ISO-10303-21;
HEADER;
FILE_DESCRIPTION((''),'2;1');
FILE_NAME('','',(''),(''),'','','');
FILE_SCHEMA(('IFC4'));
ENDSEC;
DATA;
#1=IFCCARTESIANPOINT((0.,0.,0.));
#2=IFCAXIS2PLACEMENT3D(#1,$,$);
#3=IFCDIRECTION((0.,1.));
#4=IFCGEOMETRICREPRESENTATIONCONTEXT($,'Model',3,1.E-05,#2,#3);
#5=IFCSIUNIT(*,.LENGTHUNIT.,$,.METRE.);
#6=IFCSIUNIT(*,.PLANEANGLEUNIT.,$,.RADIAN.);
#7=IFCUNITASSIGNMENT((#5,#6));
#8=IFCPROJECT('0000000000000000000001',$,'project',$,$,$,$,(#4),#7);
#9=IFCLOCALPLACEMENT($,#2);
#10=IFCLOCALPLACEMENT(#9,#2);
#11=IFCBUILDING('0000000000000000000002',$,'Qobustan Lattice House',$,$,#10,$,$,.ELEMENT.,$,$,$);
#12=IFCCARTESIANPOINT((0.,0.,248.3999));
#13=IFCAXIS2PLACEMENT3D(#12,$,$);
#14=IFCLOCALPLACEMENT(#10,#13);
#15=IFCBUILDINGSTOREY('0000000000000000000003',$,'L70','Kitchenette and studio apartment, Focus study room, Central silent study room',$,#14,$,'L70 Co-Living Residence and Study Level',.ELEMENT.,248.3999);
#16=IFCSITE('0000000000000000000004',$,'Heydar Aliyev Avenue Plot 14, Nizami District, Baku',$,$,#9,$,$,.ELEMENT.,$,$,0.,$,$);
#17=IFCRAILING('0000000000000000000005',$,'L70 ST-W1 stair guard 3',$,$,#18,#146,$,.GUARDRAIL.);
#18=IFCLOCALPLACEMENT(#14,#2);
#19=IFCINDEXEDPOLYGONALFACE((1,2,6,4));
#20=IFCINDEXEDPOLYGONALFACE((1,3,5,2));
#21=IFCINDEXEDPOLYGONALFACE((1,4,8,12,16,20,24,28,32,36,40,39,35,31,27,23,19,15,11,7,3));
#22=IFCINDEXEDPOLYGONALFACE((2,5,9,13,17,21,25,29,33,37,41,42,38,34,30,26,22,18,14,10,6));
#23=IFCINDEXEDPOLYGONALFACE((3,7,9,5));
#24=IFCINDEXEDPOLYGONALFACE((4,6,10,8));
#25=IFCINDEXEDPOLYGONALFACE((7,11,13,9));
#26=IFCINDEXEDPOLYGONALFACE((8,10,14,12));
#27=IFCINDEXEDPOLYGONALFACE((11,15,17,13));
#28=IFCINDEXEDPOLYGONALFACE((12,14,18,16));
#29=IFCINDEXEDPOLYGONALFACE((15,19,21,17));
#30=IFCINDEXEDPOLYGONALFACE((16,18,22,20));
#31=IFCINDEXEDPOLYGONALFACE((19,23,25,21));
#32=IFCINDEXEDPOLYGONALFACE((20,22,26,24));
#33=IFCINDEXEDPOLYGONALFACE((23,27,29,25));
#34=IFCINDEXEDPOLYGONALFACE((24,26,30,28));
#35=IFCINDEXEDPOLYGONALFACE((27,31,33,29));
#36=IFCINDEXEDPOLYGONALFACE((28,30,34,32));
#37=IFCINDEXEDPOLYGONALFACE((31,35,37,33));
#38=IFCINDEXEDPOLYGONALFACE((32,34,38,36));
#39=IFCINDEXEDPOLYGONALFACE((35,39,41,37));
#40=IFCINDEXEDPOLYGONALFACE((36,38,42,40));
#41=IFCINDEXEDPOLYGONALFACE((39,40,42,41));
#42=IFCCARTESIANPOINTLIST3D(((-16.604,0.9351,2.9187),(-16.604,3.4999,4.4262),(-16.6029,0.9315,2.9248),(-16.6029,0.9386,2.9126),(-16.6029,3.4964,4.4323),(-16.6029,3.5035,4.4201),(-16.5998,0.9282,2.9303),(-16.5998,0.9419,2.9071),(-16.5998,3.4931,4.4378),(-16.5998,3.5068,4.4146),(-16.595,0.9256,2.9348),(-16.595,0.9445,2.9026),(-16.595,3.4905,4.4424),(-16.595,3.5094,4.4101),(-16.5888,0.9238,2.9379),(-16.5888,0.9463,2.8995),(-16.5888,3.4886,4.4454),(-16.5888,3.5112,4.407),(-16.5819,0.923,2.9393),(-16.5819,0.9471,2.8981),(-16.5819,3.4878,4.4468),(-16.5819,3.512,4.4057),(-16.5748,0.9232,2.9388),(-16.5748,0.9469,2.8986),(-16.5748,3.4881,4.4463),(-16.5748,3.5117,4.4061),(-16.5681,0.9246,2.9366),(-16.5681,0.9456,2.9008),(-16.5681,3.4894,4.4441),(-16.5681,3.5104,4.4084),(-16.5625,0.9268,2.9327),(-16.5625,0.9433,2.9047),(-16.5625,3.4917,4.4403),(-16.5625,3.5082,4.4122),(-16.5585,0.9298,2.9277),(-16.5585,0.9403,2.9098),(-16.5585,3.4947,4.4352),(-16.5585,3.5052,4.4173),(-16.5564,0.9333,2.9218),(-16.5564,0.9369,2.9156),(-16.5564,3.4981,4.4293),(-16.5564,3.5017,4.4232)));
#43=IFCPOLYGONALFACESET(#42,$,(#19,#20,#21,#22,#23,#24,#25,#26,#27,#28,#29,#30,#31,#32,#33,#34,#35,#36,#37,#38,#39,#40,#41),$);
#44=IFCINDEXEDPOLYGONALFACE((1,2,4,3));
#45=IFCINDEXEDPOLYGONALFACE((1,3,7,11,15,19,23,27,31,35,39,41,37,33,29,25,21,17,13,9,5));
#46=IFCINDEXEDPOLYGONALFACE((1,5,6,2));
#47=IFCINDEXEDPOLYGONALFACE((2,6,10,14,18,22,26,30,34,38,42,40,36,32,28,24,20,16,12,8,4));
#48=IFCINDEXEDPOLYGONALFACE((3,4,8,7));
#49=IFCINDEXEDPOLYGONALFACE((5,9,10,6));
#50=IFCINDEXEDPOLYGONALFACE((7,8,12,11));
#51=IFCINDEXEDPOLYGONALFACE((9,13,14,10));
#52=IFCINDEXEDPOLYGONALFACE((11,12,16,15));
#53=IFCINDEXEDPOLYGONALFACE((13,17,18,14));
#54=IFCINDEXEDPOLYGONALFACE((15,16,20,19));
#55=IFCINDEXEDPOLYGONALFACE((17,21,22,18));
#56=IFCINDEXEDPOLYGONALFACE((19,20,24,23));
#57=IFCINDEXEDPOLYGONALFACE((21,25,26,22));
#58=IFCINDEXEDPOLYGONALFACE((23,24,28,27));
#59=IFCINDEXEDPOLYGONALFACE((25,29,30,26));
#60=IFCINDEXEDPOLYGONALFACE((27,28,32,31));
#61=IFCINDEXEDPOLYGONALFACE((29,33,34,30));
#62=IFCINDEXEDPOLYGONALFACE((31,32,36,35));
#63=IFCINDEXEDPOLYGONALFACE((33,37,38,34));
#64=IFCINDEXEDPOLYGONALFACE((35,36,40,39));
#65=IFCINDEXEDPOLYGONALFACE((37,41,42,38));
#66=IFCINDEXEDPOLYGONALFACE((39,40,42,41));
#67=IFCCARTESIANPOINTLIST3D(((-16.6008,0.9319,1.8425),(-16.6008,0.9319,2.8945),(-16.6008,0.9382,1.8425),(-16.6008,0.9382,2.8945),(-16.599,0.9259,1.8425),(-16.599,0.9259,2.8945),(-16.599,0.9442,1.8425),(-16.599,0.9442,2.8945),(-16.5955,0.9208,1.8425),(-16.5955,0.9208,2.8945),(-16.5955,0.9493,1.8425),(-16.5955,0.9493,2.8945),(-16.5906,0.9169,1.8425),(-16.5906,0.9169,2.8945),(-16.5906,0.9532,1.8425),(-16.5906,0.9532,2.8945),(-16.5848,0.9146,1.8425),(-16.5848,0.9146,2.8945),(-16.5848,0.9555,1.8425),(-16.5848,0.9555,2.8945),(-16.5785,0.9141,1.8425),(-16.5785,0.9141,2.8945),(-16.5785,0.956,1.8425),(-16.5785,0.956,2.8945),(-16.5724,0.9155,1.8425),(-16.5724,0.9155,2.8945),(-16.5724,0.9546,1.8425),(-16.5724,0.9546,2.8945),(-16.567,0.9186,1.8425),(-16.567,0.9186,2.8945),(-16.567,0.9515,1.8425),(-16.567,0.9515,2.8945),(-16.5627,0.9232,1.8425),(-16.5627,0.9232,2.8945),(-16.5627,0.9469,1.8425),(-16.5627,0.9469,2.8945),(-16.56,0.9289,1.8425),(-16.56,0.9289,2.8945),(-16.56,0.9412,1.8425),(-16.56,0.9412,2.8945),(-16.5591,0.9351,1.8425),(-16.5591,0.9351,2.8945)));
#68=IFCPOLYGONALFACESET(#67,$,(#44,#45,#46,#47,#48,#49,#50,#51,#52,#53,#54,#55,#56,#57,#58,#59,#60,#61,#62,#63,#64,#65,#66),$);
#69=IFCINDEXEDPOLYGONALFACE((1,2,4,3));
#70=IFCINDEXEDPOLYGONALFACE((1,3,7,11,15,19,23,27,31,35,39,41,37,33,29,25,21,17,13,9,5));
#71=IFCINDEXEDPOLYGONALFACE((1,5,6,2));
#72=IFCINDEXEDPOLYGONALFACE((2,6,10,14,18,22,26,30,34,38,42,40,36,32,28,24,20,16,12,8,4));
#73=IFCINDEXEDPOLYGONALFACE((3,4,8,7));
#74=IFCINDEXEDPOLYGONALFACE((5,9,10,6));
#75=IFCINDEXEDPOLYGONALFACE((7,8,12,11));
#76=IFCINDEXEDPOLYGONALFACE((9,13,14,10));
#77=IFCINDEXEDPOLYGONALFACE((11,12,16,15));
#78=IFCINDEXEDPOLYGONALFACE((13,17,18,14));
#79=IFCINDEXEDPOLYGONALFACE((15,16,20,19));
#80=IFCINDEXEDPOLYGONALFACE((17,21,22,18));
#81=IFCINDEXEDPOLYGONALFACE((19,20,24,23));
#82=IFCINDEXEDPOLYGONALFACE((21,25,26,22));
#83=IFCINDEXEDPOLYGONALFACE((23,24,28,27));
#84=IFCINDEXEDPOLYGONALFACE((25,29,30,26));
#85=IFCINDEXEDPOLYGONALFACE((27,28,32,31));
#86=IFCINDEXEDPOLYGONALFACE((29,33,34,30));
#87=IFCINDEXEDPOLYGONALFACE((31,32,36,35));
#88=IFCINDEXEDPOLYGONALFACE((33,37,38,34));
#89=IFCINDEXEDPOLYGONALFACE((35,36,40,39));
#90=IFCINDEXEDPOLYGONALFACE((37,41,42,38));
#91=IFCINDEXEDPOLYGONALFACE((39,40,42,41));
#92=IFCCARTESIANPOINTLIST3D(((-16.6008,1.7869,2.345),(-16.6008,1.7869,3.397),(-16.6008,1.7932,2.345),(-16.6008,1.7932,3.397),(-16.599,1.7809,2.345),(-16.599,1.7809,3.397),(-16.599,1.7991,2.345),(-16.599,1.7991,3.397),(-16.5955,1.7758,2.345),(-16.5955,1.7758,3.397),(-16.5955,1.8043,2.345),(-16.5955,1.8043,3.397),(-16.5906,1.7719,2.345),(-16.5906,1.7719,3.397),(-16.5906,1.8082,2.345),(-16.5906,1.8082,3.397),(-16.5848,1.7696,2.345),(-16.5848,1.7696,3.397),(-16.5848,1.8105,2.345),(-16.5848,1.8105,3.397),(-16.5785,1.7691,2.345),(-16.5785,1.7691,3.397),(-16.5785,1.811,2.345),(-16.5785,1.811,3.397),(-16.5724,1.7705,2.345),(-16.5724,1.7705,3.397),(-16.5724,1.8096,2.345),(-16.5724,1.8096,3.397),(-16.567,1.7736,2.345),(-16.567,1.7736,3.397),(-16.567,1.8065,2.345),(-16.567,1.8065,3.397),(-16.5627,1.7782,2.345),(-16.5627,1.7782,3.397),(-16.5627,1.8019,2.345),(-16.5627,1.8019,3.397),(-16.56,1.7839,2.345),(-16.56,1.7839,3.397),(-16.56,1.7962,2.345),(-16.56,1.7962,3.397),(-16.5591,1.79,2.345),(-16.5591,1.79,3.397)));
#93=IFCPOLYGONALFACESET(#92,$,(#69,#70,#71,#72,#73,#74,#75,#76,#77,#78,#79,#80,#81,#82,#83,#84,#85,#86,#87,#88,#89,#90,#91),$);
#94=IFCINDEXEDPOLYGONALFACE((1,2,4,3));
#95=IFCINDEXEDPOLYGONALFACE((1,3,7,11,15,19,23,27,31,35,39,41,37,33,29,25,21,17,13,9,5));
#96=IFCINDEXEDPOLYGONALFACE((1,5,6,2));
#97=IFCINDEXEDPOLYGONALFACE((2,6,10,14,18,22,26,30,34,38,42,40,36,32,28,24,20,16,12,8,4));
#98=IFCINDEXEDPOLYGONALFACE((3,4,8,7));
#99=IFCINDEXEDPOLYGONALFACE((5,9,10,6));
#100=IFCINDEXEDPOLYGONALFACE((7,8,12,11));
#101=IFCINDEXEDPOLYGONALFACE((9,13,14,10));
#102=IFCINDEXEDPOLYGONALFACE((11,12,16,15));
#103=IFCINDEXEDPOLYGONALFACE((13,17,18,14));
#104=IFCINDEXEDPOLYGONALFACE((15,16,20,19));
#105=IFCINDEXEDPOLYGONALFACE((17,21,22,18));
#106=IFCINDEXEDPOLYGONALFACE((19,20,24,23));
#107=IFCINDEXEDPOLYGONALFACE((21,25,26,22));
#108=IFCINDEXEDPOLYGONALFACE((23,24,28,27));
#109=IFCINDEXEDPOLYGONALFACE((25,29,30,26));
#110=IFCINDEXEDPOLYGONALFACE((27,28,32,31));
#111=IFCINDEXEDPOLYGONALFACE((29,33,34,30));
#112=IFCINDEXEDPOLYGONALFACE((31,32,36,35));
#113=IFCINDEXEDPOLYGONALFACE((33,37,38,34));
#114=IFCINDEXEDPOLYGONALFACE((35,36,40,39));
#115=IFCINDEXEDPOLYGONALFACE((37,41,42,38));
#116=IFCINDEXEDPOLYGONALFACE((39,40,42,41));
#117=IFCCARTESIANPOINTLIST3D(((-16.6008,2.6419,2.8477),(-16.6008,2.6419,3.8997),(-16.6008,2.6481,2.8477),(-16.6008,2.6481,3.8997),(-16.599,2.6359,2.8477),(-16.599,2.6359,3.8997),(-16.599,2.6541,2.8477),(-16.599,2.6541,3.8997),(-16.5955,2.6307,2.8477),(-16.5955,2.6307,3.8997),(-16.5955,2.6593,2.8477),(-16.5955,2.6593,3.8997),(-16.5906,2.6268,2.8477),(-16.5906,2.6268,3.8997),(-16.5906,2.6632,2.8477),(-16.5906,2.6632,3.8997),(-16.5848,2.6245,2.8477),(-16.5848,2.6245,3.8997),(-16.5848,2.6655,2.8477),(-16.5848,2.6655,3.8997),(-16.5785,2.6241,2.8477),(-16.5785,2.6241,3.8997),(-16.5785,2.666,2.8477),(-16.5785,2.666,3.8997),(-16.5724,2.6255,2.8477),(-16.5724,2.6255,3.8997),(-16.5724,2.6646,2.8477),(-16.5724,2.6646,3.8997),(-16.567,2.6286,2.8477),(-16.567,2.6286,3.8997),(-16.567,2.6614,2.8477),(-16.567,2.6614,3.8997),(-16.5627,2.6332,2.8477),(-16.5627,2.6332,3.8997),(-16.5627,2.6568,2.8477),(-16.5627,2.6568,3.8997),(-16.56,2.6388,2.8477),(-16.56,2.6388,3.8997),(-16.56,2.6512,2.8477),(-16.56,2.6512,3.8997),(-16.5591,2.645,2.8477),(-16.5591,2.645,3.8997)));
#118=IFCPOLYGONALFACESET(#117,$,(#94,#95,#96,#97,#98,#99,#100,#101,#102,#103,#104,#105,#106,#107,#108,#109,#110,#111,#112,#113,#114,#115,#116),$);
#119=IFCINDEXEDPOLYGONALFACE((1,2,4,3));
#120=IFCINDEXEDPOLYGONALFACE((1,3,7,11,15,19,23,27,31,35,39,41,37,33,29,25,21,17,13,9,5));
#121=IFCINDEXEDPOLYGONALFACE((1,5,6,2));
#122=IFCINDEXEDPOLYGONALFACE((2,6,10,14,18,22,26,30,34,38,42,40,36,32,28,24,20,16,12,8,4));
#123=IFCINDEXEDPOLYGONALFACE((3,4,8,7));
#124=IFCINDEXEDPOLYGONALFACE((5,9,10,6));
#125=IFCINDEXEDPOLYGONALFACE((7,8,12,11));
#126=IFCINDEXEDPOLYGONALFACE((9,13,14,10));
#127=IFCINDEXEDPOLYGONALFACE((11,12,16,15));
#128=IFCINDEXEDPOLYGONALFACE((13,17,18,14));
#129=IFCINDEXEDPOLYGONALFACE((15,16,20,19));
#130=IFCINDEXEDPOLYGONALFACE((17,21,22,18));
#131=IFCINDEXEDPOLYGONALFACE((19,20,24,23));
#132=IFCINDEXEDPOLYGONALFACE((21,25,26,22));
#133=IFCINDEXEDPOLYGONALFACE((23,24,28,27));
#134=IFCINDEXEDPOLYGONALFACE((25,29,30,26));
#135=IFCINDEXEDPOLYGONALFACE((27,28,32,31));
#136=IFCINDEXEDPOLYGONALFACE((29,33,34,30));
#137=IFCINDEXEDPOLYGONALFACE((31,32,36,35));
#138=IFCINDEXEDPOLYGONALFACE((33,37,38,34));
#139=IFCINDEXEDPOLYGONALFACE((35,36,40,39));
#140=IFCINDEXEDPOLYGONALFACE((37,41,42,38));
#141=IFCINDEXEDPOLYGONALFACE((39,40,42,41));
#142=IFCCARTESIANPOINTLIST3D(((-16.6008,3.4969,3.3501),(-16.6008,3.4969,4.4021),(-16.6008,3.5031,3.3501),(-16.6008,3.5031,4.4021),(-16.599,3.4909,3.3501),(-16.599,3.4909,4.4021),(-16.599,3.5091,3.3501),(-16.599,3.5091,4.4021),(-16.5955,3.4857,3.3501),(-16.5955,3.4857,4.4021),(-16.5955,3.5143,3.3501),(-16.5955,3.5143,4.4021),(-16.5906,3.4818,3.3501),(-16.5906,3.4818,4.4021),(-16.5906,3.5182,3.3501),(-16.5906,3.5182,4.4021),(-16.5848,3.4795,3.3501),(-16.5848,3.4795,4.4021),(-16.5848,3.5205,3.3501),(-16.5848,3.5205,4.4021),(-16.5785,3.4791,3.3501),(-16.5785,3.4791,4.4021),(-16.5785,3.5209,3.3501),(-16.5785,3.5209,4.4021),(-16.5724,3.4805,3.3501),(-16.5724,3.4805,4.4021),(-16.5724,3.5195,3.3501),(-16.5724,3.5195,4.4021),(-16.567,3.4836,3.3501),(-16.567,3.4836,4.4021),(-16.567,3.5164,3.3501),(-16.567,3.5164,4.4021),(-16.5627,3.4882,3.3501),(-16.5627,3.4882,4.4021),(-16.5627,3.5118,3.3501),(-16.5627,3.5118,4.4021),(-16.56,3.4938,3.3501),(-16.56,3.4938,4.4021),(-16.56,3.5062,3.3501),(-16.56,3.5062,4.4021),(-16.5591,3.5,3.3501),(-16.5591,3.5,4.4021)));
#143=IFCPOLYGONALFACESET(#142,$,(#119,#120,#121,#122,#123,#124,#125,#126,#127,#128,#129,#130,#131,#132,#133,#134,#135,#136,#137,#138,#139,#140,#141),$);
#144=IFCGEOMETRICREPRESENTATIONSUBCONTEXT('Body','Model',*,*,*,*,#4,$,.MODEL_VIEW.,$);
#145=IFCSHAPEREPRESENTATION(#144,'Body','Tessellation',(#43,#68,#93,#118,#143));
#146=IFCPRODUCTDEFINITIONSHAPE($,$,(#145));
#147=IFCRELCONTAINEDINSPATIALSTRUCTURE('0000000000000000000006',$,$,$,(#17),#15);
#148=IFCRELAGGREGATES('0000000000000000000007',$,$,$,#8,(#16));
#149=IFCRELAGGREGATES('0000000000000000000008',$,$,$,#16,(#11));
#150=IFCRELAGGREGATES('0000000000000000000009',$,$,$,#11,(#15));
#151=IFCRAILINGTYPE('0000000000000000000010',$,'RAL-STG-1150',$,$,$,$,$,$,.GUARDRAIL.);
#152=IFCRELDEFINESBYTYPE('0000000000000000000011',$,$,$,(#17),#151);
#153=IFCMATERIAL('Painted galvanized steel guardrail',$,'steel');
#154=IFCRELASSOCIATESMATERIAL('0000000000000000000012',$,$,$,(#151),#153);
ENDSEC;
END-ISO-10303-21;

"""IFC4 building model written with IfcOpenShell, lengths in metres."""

from ifc_helpers import new_model, si_unit, direction, frame, origin, origin_2d, place, context, subcontext, project, spatial, circle, extrude, material, type_object, element, save


model = new_model("IFC4")

# Units and contexts
model_context = context("Model", 3, precision=1e-05, world=origin(), true_north=direction((0.0, 1.0)))
body_context = subcontext(model_context, "Body", "Model", "MODEL_VIEW")
ifc_project = project(units=[si_unit("LENGTHUNIT", "METRE"), si_unit("PLANEANGLEUNIT", "RADIAN")], contexts=[model_context])

# Site, building, storey
site_placement = place(None, origin())
site = spatial("IfcSite", under=ifc_project, at=site_placement, Name="Heydar Aliyev Avenue Plot 14, Nizami District, Baku", CompositionType="ELEMENT", RefElevation=0.0)
building_placement = place(site_placement, origin())
building = spatial("IfcBuilding", under=site, at=building_placement, Name="Qobustan Lattice House", CompositionType="ELEMENT")
storey_placement = place(building_placement, frame((0.0, 0.0, 248.3999)))
storey = spatial("IfcBuildingStorey", under=building, at=storey_placement, Name="L70", Description="Kitchenette and studio apartment, Focus study room, Central silent study room", LongName="L70 Co-Living Residence and Study Level", CompositionType="ELEMENT", Elevation=248.3999)

# Railing
ifc_material_1 = material(Name="Painted galvanized steel guardrail", Category="steel")
railing_type_1 = type_object("IfcRailingType", Name="RAL-STG-1150", PredefinedType="GUARDRAIL", material=ifc_material_1)
railing_1_placement = place(storey_placement, frame((-16.5801, 0.9351, 1.8425)))
element("IfcRailing", 1, at=railing_1_placement, inside=storey, type_object=railing_type_1, Name="L70 ST-W1 stair guard 3", PredefinedType="GUARDRAIL", context=body_context, shape_type="SweptSolid", body=[
    extrude(circle(Radius=0.0239, at=origin_2d()), frame((0.0, 0.0, 1.0762), z_axis=(0.0, 0.862113, 0.506715), x_axis=(-1.0, 0.0, 0.0)), (0.0, 0.0, 1.0), 2.9751),
    extrude(circle(Radius=0.021, at=origin_2d()), origin(), (0.0, 0.0, 1.0), 1.052),
    extrude(circle(Radius=0.021, at=origin_2d()), frame((0.0, 0.855, 0.5024)), (0.0, 0.0, 1.0), 1.052),
    extrude(circle(Radius=0.021, at=origin_2d()), frame((0.0, 1.71, 1.0051)), (0.0, 0.0, 1.0), 1.052),
    extrude(circle(Radius=0.021, at=origin_2d()), frame((0.0, 2.5649, 1.5076)), (0.0, 0.0, 1.0), 1.052),
])

save(model, "model.ifc")
